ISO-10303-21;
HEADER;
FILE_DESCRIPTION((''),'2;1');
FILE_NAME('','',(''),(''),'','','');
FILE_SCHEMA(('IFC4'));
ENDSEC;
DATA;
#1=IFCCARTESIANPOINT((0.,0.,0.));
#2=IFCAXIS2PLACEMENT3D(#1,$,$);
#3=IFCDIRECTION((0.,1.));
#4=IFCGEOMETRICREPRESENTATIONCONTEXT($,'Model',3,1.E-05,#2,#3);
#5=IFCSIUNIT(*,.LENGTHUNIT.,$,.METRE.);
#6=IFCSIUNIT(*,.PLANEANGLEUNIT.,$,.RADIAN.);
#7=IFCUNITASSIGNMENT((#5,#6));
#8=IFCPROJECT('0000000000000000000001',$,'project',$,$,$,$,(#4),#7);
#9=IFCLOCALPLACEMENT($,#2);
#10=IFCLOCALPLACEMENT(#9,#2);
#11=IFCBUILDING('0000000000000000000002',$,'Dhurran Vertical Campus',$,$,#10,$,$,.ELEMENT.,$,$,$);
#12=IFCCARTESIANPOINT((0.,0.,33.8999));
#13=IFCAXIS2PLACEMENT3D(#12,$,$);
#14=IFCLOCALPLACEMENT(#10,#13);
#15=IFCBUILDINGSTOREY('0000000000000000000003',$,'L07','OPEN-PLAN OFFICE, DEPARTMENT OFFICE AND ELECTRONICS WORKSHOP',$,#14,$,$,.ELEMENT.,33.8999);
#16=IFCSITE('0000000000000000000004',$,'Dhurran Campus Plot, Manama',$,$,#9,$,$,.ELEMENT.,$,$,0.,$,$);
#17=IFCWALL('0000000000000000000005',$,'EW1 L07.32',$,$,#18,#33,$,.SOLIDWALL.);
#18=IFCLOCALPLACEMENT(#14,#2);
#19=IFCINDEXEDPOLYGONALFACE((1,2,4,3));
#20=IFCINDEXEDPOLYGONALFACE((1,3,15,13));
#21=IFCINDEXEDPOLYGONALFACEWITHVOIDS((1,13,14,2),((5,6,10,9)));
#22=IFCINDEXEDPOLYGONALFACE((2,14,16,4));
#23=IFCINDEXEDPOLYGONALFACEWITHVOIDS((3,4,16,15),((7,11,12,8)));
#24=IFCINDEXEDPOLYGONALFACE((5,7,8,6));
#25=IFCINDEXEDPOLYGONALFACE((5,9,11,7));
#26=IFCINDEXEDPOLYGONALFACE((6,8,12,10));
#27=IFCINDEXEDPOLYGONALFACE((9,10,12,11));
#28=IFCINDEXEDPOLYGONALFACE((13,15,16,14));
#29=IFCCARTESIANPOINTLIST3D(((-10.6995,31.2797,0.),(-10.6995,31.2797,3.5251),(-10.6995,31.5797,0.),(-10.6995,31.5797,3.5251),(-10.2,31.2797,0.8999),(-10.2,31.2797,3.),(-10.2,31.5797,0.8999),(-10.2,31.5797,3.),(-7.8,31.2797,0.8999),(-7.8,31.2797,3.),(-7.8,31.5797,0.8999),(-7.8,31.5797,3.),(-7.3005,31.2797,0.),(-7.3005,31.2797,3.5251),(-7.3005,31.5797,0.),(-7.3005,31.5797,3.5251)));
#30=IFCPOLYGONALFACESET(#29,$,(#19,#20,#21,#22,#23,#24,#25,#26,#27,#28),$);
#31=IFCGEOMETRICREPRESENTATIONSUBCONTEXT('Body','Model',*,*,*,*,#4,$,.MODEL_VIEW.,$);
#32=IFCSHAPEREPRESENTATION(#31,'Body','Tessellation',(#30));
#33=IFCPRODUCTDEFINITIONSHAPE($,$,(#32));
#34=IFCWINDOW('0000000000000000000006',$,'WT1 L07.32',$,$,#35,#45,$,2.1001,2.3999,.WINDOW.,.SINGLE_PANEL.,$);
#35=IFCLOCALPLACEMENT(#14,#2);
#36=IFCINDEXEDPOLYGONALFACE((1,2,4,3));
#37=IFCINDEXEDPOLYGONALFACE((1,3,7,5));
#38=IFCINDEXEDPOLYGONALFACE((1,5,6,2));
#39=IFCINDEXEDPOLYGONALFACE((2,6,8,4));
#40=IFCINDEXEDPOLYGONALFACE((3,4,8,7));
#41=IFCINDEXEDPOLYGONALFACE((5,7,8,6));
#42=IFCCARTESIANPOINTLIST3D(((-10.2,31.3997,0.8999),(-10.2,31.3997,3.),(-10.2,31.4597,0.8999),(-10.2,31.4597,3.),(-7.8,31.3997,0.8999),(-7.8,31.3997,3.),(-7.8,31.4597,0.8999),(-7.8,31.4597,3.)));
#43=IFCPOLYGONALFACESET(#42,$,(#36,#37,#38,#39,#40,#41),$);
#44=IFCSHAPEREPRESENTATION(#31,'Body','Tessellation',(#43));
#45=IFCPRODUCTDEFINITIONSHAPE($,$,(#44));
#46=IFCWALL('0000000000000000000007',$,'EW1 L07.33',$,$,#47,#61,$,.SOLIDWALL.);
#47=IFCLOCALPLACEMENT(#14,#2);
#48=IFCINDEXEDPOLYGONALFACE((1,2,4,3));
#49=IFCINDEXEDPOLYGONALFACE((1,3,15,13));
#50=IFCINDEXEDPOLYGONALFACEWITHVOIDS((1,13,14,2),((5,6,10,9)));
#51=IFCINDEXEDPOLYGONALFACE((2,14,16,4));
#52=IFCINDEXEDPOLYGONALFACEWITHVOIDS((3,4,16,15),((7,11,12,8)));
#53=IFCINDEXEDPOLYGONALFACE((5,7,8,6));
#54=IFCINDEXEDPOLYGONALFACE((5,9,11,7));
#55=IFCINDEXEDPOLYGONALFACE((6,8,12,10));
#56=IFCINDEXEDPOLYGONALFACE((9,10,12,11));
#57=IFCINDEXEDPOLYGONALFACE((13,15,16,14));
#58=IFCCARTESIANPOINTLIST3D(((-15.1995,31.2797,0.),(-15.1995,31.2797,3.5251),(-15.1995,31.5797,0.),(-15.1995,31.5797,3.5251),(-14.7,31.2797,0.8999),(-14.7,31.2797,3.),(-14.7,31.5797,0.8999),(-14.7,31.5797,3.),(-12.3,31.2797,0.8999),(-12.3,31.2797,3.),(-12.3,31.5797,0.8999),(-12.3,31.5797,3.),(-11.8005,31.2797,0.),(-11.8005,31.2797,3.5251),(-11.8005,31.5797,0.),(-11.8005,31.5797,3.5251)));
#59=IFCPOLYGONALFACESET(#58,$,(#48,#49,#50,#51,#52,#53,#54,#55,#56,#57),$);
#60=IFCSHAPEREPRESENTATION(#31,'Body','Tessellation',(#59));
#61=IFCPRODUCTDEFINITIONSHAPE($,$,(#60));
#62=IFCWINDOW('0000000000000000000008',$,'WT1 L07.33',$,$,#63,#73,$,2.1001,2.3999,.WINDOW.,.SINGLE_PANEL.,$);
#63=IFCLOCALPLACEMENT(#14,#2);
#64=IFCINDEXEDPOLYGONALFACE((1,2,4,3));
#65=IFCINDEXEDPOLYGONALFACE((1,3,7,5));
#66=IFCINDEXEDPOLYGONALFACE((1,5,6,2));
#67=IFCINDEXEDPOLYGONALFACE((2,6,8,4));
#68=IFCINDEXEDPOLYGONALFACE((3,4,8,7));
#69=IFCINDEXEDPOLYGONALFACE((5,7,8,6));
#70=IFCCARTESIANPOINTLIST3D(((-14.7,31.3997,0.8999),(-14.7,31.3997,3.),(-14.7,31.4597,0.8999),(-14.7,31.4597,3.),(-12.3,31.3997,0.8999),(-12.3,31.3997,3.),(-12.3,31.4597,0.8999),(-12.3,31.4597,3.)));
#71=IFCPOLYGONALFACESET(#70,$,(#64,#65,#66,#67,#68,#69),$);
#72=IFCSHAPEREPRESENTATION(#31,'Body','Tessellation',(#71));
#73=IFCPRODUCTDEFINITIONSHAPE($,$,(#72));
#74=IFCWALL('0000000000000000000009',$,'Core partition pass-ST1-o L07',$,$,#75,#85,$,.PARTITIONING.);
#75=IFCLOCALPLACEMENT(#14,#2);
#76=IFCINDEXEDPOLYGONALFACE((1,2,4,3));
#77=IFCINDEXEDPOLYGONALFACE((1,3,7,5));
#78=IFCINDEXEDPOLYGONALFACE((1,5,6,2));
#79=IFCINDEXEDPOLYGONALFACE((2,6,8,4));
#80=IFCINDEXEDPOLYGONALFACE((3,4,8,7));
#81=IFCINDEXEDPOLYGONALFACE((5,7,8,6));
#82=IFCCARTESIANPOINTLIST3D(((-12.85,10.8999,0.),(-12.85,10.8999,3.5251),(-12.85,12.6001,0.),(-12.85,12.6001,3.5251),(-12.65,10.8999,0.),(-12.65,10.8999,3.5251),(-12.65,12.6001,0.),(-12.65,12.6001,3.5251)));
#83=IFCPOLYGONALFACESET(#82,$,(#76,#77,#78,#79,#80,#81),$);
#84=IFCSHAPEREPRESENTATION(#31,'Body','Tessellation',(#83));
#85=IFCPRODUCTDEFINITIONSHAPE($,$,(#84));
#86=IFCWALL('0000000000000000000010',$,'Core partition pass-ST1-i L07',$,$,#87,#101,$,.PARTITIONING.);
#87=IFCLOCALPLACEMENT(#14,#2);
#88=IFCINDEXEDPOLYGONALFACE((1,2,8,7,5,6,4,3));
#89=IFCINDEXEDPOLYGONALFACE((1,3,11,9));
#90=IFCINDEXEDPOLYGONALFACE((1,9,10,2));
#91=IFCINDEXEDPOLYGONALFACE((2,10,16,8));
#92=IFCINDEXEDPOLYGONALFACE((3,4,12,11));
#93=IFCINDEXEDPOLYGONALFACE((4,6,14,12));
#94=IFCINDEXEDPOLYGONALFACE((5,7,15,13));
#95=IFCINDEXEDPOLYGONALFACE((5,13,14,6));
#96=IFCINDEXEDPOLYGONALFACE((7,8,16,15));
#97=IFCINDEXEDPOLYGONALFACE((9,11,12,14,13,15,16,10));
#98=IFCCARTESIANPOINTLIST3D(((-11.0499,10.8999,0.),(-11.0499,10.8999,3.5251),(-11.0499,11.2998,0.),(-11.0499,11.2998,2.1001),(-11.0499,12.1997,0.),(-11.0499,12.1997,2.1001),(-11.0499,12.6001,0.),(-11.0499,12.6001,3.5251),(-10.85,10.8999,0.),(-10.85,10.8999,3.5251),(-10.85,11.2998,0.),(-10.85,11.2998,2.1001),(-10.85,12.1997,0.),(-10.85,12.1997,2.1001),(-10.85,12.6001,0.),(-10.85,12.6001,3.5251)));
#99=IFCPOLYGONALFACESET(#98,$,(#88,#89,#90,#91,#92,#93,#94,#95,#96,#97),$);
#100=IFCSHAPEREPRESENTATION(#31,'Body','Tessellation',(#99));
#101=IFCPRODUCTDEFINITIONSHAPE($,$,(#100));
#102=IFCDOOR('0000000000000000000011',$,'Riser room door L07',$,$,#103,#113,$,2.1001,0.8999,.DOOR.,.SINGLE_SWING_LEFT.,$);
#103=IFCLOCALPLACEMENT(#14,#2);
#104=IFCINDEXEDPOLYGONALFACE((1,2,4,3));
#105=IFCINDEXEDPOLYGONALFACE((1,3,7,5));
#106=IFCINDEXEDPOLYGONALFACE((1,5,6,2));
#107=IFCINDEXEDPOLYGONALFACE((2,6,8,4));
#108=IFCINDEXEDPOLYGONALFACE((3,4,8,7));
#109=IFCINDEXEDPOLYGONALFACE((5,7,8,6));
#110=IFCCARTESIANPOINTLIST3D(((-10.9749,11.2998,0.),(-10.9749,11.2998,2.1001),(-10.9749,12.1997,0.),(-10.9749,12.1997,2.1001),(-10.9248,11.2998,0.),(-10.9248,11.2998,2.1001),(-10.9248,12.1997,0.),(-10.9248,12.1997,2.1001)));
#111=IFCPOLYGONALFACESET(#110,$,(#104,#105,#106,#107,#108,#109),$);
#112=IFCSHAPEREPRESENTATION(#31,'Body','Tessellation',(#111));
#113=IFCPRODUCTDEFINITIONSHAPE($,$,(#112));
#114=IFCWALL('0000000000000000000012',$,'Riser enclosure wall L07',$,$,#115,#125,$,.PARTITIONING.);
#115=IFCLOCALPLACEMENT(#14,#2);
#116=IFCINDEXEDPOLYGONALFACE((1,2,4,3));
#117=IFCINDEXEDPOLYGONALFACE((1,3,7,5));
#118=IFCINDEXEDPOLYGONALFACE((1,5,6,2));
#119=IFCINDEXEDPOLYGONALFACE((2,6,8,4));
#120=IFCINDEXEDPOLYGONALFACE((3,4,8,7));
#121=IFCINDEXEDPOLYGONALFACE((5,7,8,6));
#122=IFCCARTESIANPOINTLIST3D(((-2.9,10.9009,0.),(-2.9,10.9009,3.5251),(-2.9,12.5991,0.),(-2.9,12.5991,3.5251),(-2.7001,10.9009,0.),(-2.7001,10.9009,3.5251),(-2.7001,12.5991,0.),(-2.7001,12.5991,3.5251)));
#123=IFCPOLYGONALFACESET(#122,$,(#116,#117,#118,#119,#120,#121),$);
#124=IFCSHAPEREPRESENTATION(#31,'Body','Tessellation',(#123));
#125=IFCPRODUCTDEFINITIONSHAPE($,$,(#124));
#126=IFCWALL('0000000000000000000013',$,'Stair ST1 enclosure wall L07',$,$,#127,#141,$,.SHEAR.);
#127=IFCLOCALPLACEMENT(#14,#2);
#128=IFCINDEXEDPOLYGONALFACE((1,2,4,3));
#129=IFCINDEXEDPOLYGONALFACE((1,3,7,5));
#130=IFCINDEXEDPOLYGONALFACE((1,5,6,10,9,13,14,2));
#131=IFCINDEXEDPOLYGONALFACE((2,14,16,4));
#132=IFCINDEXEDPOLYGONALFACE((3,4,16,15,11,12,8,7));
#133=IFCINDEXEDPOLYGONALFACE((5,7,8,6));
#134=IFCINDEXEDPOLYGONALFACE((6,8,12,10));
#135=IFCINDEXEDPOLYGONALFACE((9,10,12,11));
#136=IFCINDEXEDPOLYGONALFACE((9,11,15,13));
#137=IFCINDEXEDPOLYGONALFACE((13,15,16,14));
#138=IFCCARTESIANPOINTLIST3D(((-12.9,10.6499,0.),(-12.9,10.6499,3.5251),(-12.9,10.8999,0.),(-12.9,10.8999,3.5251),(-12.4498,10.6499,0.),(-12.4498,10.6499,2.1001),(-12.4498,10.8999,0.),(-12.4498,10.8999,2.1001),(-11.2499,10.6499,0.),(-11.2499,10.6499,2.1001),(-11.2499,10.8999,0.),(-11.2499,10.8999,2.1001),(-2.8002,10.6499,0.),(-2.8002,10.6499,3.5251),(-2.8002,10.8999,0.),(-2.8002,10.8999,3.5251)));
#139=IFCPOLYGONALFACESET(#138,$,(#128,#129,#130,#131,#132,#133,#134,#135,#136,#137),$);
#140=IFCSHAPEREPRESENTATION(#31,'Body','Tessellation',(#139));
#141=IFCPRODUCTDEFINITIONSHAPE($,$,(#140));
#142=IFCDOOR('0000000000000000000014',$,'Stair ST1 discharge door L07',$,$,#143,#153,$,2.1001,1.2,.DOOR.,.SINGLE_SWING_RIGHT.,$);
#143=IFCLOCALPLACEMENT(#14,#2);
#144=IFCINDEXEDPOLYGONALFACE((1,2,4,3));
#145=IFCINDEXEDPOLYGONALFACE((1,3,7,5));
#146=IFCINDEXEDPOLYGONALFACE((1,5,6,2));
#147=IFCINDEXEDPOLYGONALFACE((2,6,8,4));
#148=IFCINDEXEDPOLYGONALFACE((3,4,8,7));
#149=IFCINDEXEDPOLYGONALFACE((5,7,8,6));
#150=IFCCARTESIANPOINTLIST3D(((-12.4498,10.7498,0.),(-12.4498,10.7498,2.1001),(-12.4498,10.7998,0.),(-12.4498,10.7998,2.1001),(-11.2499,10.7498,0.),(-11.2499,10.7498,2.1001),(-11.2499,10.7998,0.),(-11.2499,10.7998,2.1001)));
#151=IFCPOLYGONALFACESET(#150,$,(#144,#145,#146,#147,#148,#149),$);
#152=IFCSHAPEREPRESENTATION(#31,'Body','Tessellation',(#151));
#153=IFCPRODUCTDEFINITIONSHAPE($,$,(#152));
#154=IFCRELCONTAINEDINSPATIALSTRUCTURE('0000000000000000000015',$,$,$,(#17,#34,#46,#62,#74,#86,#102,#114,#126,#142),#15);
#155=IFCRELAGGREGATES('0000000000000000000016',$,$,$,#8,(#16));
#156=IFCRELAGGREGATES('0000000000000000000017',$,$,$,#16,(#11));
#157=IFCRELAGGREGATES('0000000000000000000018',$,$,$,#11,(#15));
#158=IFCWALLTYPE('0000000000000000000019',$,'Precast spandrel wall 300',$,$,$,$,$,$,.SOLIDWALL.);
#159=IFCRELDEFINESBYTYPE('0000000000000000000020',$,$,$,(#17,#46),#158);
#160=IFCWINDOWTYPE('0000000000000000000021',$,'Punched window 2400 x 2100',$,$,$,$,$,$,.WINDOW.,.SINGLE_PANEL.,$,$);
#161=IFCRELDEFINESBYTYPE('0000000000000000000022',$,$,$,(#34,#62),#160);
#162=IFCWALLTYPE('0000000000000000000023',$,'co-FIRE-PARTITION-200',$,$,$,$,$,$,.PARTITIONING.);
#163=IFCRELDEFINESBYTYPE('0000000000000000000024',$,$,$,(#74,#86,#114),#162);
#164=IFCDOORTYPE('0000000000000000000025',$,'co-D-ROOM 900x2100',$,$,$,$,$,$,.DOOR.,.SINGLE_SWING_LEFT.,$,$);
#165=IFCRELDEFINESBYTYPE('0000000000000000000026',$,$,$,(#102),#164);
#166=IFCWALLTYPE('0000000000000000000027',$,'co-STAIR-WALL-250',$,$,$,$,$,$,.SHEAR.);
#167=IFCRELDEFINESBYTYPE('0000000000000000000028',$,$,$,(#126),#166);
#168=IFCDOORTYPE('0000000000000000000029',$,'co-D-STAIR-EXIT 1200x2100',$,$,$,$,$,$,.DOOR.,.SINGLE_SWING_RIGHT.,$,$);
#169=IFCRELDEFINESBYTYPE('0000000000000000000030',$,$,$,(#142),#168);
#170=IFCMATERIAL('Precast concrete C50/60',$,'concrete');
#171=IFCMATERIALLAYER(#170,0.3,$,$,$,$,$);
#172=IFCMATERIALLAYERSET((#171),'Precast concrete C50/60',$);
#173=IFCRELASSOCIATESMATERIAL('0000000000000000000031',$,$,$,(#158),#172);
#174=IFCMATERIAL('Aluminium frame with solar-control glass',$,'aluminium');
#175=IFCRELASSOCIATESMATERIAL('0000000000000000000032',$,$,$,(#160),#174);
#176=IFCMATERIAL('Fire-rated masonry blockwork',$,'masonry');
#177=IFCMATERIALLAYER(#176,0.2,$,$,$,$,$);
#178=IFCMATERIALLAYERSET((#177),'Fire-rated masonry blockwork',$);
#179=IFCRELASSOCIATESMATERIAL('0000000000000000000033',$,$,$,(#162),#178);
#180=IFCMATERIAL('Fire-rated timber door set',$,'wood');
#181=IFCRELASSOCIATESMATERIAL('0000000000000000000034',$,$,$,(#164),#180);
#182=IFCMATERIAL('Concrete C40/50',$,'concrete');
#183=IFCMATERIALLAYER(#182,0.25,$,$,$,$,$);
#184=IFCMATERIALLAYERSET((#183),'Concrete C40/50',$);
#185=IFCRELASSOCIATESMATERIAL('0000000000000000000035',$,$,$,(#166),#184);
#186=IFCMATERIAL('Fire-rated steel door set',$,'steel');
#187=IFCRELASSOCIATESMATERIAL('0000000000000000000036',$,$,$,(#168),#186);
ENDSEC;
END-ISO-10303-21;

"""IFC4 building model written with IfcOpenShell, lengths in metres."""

from ifc_helpers import new_model, si_unit, direction, frame, frame_2d, origin, place, context, subcontext, project, spatial, rectangle, extrude, material, layer, layer_set, type_object, element, fill, save


model = new_model("IFC4")

# Units and contexts
model_context = context("Model", 3, precision=1e-05, world=origin(), true_north=direction((0.0, 1.0)))
body_context = subcontext(model_context, "Body", "Model", "MODEL_VIEW")
ifc_project = project(units=[si_unit("LENGTHUNIT", "METRE"), si_unit("PLANEANGLEUNIT", "RADIAN")], contexts=[model_context])

# Site, building, storey
site_placement = place(None, origin())
site = spatial("IfcSite", under=ifc_project, at=site_placement, Name="Dhurran Campus Plot, Manama", CompositionType="ELEMENT", RefElevation=0.0)
building_placement = place(site_placement, origin())
building = spatial("IfcBuilding", under=site, at=building_placement, Name="Dhurran Vertical Campus", CompositionType="ELEMENT")
storey_placement = place(building_placement, frame((0.0, 0.0, 33.8999)))
storey = spatial("IfcBuildingStorey", under=building, at=storey_placement, Name="L07", Description="OPEN-PLAN OFFICE, DEPARTMENT OFFICE AND ELECTRONICS WORKSHOP", CompositionType="ELEMENT", Elevation=33.8999)

# Walls, openings, windows
ifc_material_1 = material(Name="Precast concrete C50/60", Category="concrete")
ifc_layer_1 = layer(ifc_material_1, 0.3)
ifc_layer_set_1 = layer_set([ifc_layer_1], Name="Precast concrete C50/60")
wall_type_1 = type_object("IfcWallType", Name="Precast spandrel wall 300", PredefinedType="SOLIDWALL", material=ifc_layer_set_1)
ifc_material_2 = material(Name="Aluminium frame with solar-control glass", Category="aluminium")
window_type = type_object("IfcWindowType", Name="Punched window 2400 x 2100", PartitioningType="SINGLE_PANEL", PredefinedType="WINDOW", material=ifc_material_2)
wall_1_placement = place(storey_placement, frame((-7.3005, 31.4297, 0.0), z_axis=(0.0, 0.0, 1.0), x_axis=(-1.0, 0.0, 0.0)))
wall_1 = element("IfcWall", 1, at=wall_1_placement, inside=storey, type_object=wall_type_1, Name="EW1 L07.32", PredefinedType="SOLIDWALL", context=body_context, shape_type="SweptSolid", body=[
    extrude(rectangle(XDim=3.3989, YDim=0.3, at=frame_2d((1.6995, 0.0))), origin(), (0.0, 0.0, 1.0), 3.5251),
])
opening_1_placement = place(wall_1_placement, frame((0.4995, 0.0, 0.8999)))
opening_1 = element("IfcOpeningElement", 2, at=opening_1_placement, cuts=wall_1, PredefinedType="OPENING", context=body_context, shape_type="SweptSolid", body=[
    extrude(rectangle(XDim=2.3999, YDim=2.1001, at=frame_2d((1.2, 1.05))), frame((0.0, 0.1599, 0.0), z_axis=(0.0, -1.0, 0.0), x_axis=(1.0, 0.0, 0.0)), (0.0, 0.0, 1.0), 0.3201),
])
window_1_placement = place(opening_1_placement, origin())
window_1 = element("IfcWindow", 3, at=window_1_placement, inside=storey, type_object=window_type, Name="WT1 L07.32", OverallHeight=2.1001, OverallWidth=2.3999, PartitioningType="SINGLE_PANEL", PredefinedType="WINDOW", context=body_context, shape_type="SweptSolid", body=[
    extrude(rectangle(XDim=2.3999, YDim=2.1001, at=frame_2d((1.2, 1.05))), frame((0.0, 0.03, 0.0), z_axis=(0.0, -1.0, 0.0), x_axis=(1.0, 0.0, 0.0)), (0.0, 0.0, 1.0), 0.0601),
])
fill(opening_1, window_1)
wall_2_placement = place(storey_placement, frame((-11.8005, 31.4297, 0.0), z_axis=(0.0, 0.0, 1.0), x_axis=(-1.0, 0.0, 0.0)))
wall_2 = element("IfcWall", 4, at=wall_2_placement, inside=storey, type_object=wall_type_1, Name="EW1 L07.33", PredefinedType="SOLIDWALL", context=body_context, shape_type="SweptSolid", body=[
    extrude(rectangle(XDim=3.3989, YDim=0.3, at=frame_2d((1.6995, 0.0))), origin(), (0.0, 0.0, 1.0), 3.5251),
])
opening_2_placement = place(wall_2_placement, frame((0.4995, 0.0, 0.8999)))
opening_2 = element("IfcOpeningElement", 5, at=opening_2_placement, cuts=wall_2, PredefinedType="OPENING", context=body_context, shape_type="SweptSolid", body=[
    extrude(rectangle(XDim=2.3999, YDim=2.1001, at=frame_2d((1.2, 1.05))), frame((0.0, 0.1599, 0.0), z_axis=(0.0, -1.0, 0.0), x_axis=(1.0, 0.0, 0.0)), (0.0, 0.0, 1.0), 0.3201),
])
window_2_placement = place(opening_2_placement, origin())
window_2 = element("IfcWindow", 6, at=window_2_placement, inside=storey, type_object=window_type, Name="WT1 L07.33", OverallHeight=2.1001, OverallWidth=2.3999, PartitioningType="SINGLE_PANEL", PredefinedType="WINDOW", context=body_context, shape_type="SweptSolid", body=[
    extrude(rectangle(XDim=2.3999, YDim=2.1001, at=frame_2d((1.2, 1.05))), frame((0.0, 0.03, 0.0), z_axis=(0.0, -1.0, 0.0), x_axis=(1.0, 0.0, 0.0)), (0.0, 0.0, 1.0), 0.0601),
])
fill(opening_2, window_2)

# Wall
ifc_material_3 = material(Name="Fire-rated masonry blockwork", Category="masonry")
ifc_layer_2 = layer(ifc_material_3, 0.2)
ifc_layer_set_2 = layer_set([ifc_layer_2], Name="Fire-rated masonry blockwork")
wall_type_2 = type_object("IfcWallType", Name="co-FIRE-PARTITION-200", PredefinedType="PARTITIONING", material=ifc_layer_set_2)
wall_3_placement = place(storey_placement, frame((-12.75, 10.8999, 0.0), z_axis=(0.0, 0.0, 1.0), x_axis=(0.0, 1.0, 0.0)))
element("IfcWall", 7, at=wall_3_placement, inside=storey, type_object=wall_type_2, Name="Core partition pass-ST1-o L07", PredefinedType="PARTITIONING", context=body_context, shape_type="SweptSolid", body=[
    extrude(rectangle(XDim=1.7002, YDim=0.2, at=frame_2d((0.8501, 0.0))), origin(), (0.0, 0.0, 1.0), 3.5251),
])

# Wall, opening, door
wall_4_placement = place(storey_placement, frame((-10.95, 10.8999, 0.0), z_axis=(0.0, 0.0, 1.0), x_axis=(0.0, 1.0, 0.0)))
wall_4 = element("IfcWall", 8, at=wall_4_placement, inside=storey, type_object=wall_type_2, Name="Core partition pass-ST1-i L07", PredefinedType="PARTITIONING", context=body_context, shape_type="SweptSolid", body=[
    extrude(rectangle(XDim=1.7002, YDim=0.2, at=frame_2d((0.8501, 0.0))), origin(), (0.0, 0.0, 1.0), 3.5251),
])
opening_3_placement = place(wall_4_placement, frame((0.3999, 0.0, 0.0)))
opening_3 = element("IfcOpeningElement", 9, at=opening_3_placement, cuts=wall_4, PredefinedType="OPENING", context=body_context, shape_type="SweptSolid", body=[
    extrude(rectangle(XDim=0.8999, YDim=2.1001, at=frame_2d((0.45, 1.05))), frame((0.0, 0.1099, 0.0), z_axis=(0.0, -1.0, 0.0), x_axis=(1.0, 0.0, 0.0)), (0.0, 0.0, 1.0), 0.22),
])
ifc_material_4 = material(Name="Fire-rated timber door set", Category="wood")
door_type_1 = type_object("IfcDoorType", Name="co-D-ROOM 900x2100", OperationType="SINGLE_SWING_LEFT", PredefinedType="DOOR", material=ifc_material_4)
door_1_placement = place(opening_3_placement, origin())
door_1 = element("IfcDoor", 10, at=door_1_placement, inside=storey, type_object=door_type_1, Name="Riser room door L07", OperationType="SINGLE_SWING_LEFT", OverallHeight=2.1001, OverallWidth=0.8999, PredefinedType="DOOR", context=body_context, shape_type="SweptSolid", body=[
    extrude(rectangle(XDim=0.8999, YDim=2.1001, at=frame_2d((0.45, 1.05))), frame((0.0, 0.0249, 0.0), z_axis=(0.0, -1.0, 0.0), x_axis=(1.0, 0.0, 0.0)), (0.0, 0.0, 1.0), 0.05),
])
fill(opening_3, door_1)

# Wall
wall_5_placement = place(storey_placement, frame((-2.8, 10.9009, 0.0), z_axis=(0.0, 0.0, 1.0), x_axis=(0.0, 1.0, 0.0)))
element("IfcWall", 11, at=wall_5_placement, inside=storey, type_object=wall_type_2, Name="Riser enclosure wall L07", PredefinedType="PARTITIONING", context=body_context, shape_type="SweptSolid", body=[
    extrude(rectangle(XDim=1.6982, YDim=0.2, at=frame_2d((0.8491, 0.0))), origin(), (0.0, 0.0, 1.0), 3.5251),
])

# Wall, opening, door
ifc_material_5 = material(Name="Concrete C40/50", Category="concrete")
ifc_layer_3 = layer(ifc_material_5, 0.25)
ifc_layer_set_3 = layer_set([ifc_layer_3], Name="Concrete C40/50")
wall_type_3 = type_object("IfcWallType", Name="co-STAIR-WALL-250", PredefinedType="SHEAR", material=ifc_layer_set_3)
wall_6_placement = place(storey_placement, frame((-12.8999, 10.7749, 0.0), z_axis=(0.0, 0.0, 1.0), x_axis=(1.0, 0.0, 0.0)))
wall_6 = element("IfcWall", 12, at=wall_6_placement, inside=storey, type_object=wall_type_3, Name="Stair ST1 enclosure wall L07", PredefinedType="SHEAR", context=body_context, shape_type="SweptSolid", body=[
    extrude(rectangle(XDim=10.0999, YDim=0.25, at=frame_2d((5.0498, 0.0))), origin(), (0.0, 0.0, 1.0), 3.5251),
])
opening_4_placement = place(wall_6_placement, frame((0.45, 0.0, 0.0)))
opening_4 = element("IfcOpeningElement", 13, at=opening_4_placement, cuts=wall_6, PredefinedType="OPENING", context=body_context, shape_type="SweptSolid", body=[
    extrude(rectangle(XDim=1.2, YDim=2.1001, at=frame_2d((0.6001, 1.05))), frame((0.0, 0.135, 0.0), z_axis=(0.0, -1.0, 0.0), x_axis=(1.0, 0.0, 0.0)), (0.0, 0.0, 1.0), 0.27),
])
ifc_material_6 = material(Name="Fire-rated steel door set", Category="steel")
door_type_2 = type_object("IfcDoorType", Name="co-D-STAIR-EXIT 1200x2100", OperationType="SINGLE_SWING_RIGHT", PredefinedType="DOOR", material=ifc_material_6)
door_2_placement = place(opening_4_placement, origin())
door_2 = element("IfcDoor", 14, at=door_2_placement, inside=storey, type_object=door_type_2, Name="Stair ST1 discharge door L07", OperationType="SINGLE_SWING_RIGHT", OverallHeight=2.1001, OverallWidth=1.2, PredefinedType="DOOR", context=body_context, shape_type="SweptSolid", body=[
    extrude(rectangle(XDim=1.2, YDim=2.1001, at=frame_2d((0.6001, 1.05))), frame((0.0, 0.0249, 0.0), z_axis=(0.0, -1.0, 0.0), x_axis=(1.0, 0.0, 0.0)), (0.0, 0.0, 1.0), 0.05),
])
fill(opening_4, door_2)

save(model, "model.ifc")
